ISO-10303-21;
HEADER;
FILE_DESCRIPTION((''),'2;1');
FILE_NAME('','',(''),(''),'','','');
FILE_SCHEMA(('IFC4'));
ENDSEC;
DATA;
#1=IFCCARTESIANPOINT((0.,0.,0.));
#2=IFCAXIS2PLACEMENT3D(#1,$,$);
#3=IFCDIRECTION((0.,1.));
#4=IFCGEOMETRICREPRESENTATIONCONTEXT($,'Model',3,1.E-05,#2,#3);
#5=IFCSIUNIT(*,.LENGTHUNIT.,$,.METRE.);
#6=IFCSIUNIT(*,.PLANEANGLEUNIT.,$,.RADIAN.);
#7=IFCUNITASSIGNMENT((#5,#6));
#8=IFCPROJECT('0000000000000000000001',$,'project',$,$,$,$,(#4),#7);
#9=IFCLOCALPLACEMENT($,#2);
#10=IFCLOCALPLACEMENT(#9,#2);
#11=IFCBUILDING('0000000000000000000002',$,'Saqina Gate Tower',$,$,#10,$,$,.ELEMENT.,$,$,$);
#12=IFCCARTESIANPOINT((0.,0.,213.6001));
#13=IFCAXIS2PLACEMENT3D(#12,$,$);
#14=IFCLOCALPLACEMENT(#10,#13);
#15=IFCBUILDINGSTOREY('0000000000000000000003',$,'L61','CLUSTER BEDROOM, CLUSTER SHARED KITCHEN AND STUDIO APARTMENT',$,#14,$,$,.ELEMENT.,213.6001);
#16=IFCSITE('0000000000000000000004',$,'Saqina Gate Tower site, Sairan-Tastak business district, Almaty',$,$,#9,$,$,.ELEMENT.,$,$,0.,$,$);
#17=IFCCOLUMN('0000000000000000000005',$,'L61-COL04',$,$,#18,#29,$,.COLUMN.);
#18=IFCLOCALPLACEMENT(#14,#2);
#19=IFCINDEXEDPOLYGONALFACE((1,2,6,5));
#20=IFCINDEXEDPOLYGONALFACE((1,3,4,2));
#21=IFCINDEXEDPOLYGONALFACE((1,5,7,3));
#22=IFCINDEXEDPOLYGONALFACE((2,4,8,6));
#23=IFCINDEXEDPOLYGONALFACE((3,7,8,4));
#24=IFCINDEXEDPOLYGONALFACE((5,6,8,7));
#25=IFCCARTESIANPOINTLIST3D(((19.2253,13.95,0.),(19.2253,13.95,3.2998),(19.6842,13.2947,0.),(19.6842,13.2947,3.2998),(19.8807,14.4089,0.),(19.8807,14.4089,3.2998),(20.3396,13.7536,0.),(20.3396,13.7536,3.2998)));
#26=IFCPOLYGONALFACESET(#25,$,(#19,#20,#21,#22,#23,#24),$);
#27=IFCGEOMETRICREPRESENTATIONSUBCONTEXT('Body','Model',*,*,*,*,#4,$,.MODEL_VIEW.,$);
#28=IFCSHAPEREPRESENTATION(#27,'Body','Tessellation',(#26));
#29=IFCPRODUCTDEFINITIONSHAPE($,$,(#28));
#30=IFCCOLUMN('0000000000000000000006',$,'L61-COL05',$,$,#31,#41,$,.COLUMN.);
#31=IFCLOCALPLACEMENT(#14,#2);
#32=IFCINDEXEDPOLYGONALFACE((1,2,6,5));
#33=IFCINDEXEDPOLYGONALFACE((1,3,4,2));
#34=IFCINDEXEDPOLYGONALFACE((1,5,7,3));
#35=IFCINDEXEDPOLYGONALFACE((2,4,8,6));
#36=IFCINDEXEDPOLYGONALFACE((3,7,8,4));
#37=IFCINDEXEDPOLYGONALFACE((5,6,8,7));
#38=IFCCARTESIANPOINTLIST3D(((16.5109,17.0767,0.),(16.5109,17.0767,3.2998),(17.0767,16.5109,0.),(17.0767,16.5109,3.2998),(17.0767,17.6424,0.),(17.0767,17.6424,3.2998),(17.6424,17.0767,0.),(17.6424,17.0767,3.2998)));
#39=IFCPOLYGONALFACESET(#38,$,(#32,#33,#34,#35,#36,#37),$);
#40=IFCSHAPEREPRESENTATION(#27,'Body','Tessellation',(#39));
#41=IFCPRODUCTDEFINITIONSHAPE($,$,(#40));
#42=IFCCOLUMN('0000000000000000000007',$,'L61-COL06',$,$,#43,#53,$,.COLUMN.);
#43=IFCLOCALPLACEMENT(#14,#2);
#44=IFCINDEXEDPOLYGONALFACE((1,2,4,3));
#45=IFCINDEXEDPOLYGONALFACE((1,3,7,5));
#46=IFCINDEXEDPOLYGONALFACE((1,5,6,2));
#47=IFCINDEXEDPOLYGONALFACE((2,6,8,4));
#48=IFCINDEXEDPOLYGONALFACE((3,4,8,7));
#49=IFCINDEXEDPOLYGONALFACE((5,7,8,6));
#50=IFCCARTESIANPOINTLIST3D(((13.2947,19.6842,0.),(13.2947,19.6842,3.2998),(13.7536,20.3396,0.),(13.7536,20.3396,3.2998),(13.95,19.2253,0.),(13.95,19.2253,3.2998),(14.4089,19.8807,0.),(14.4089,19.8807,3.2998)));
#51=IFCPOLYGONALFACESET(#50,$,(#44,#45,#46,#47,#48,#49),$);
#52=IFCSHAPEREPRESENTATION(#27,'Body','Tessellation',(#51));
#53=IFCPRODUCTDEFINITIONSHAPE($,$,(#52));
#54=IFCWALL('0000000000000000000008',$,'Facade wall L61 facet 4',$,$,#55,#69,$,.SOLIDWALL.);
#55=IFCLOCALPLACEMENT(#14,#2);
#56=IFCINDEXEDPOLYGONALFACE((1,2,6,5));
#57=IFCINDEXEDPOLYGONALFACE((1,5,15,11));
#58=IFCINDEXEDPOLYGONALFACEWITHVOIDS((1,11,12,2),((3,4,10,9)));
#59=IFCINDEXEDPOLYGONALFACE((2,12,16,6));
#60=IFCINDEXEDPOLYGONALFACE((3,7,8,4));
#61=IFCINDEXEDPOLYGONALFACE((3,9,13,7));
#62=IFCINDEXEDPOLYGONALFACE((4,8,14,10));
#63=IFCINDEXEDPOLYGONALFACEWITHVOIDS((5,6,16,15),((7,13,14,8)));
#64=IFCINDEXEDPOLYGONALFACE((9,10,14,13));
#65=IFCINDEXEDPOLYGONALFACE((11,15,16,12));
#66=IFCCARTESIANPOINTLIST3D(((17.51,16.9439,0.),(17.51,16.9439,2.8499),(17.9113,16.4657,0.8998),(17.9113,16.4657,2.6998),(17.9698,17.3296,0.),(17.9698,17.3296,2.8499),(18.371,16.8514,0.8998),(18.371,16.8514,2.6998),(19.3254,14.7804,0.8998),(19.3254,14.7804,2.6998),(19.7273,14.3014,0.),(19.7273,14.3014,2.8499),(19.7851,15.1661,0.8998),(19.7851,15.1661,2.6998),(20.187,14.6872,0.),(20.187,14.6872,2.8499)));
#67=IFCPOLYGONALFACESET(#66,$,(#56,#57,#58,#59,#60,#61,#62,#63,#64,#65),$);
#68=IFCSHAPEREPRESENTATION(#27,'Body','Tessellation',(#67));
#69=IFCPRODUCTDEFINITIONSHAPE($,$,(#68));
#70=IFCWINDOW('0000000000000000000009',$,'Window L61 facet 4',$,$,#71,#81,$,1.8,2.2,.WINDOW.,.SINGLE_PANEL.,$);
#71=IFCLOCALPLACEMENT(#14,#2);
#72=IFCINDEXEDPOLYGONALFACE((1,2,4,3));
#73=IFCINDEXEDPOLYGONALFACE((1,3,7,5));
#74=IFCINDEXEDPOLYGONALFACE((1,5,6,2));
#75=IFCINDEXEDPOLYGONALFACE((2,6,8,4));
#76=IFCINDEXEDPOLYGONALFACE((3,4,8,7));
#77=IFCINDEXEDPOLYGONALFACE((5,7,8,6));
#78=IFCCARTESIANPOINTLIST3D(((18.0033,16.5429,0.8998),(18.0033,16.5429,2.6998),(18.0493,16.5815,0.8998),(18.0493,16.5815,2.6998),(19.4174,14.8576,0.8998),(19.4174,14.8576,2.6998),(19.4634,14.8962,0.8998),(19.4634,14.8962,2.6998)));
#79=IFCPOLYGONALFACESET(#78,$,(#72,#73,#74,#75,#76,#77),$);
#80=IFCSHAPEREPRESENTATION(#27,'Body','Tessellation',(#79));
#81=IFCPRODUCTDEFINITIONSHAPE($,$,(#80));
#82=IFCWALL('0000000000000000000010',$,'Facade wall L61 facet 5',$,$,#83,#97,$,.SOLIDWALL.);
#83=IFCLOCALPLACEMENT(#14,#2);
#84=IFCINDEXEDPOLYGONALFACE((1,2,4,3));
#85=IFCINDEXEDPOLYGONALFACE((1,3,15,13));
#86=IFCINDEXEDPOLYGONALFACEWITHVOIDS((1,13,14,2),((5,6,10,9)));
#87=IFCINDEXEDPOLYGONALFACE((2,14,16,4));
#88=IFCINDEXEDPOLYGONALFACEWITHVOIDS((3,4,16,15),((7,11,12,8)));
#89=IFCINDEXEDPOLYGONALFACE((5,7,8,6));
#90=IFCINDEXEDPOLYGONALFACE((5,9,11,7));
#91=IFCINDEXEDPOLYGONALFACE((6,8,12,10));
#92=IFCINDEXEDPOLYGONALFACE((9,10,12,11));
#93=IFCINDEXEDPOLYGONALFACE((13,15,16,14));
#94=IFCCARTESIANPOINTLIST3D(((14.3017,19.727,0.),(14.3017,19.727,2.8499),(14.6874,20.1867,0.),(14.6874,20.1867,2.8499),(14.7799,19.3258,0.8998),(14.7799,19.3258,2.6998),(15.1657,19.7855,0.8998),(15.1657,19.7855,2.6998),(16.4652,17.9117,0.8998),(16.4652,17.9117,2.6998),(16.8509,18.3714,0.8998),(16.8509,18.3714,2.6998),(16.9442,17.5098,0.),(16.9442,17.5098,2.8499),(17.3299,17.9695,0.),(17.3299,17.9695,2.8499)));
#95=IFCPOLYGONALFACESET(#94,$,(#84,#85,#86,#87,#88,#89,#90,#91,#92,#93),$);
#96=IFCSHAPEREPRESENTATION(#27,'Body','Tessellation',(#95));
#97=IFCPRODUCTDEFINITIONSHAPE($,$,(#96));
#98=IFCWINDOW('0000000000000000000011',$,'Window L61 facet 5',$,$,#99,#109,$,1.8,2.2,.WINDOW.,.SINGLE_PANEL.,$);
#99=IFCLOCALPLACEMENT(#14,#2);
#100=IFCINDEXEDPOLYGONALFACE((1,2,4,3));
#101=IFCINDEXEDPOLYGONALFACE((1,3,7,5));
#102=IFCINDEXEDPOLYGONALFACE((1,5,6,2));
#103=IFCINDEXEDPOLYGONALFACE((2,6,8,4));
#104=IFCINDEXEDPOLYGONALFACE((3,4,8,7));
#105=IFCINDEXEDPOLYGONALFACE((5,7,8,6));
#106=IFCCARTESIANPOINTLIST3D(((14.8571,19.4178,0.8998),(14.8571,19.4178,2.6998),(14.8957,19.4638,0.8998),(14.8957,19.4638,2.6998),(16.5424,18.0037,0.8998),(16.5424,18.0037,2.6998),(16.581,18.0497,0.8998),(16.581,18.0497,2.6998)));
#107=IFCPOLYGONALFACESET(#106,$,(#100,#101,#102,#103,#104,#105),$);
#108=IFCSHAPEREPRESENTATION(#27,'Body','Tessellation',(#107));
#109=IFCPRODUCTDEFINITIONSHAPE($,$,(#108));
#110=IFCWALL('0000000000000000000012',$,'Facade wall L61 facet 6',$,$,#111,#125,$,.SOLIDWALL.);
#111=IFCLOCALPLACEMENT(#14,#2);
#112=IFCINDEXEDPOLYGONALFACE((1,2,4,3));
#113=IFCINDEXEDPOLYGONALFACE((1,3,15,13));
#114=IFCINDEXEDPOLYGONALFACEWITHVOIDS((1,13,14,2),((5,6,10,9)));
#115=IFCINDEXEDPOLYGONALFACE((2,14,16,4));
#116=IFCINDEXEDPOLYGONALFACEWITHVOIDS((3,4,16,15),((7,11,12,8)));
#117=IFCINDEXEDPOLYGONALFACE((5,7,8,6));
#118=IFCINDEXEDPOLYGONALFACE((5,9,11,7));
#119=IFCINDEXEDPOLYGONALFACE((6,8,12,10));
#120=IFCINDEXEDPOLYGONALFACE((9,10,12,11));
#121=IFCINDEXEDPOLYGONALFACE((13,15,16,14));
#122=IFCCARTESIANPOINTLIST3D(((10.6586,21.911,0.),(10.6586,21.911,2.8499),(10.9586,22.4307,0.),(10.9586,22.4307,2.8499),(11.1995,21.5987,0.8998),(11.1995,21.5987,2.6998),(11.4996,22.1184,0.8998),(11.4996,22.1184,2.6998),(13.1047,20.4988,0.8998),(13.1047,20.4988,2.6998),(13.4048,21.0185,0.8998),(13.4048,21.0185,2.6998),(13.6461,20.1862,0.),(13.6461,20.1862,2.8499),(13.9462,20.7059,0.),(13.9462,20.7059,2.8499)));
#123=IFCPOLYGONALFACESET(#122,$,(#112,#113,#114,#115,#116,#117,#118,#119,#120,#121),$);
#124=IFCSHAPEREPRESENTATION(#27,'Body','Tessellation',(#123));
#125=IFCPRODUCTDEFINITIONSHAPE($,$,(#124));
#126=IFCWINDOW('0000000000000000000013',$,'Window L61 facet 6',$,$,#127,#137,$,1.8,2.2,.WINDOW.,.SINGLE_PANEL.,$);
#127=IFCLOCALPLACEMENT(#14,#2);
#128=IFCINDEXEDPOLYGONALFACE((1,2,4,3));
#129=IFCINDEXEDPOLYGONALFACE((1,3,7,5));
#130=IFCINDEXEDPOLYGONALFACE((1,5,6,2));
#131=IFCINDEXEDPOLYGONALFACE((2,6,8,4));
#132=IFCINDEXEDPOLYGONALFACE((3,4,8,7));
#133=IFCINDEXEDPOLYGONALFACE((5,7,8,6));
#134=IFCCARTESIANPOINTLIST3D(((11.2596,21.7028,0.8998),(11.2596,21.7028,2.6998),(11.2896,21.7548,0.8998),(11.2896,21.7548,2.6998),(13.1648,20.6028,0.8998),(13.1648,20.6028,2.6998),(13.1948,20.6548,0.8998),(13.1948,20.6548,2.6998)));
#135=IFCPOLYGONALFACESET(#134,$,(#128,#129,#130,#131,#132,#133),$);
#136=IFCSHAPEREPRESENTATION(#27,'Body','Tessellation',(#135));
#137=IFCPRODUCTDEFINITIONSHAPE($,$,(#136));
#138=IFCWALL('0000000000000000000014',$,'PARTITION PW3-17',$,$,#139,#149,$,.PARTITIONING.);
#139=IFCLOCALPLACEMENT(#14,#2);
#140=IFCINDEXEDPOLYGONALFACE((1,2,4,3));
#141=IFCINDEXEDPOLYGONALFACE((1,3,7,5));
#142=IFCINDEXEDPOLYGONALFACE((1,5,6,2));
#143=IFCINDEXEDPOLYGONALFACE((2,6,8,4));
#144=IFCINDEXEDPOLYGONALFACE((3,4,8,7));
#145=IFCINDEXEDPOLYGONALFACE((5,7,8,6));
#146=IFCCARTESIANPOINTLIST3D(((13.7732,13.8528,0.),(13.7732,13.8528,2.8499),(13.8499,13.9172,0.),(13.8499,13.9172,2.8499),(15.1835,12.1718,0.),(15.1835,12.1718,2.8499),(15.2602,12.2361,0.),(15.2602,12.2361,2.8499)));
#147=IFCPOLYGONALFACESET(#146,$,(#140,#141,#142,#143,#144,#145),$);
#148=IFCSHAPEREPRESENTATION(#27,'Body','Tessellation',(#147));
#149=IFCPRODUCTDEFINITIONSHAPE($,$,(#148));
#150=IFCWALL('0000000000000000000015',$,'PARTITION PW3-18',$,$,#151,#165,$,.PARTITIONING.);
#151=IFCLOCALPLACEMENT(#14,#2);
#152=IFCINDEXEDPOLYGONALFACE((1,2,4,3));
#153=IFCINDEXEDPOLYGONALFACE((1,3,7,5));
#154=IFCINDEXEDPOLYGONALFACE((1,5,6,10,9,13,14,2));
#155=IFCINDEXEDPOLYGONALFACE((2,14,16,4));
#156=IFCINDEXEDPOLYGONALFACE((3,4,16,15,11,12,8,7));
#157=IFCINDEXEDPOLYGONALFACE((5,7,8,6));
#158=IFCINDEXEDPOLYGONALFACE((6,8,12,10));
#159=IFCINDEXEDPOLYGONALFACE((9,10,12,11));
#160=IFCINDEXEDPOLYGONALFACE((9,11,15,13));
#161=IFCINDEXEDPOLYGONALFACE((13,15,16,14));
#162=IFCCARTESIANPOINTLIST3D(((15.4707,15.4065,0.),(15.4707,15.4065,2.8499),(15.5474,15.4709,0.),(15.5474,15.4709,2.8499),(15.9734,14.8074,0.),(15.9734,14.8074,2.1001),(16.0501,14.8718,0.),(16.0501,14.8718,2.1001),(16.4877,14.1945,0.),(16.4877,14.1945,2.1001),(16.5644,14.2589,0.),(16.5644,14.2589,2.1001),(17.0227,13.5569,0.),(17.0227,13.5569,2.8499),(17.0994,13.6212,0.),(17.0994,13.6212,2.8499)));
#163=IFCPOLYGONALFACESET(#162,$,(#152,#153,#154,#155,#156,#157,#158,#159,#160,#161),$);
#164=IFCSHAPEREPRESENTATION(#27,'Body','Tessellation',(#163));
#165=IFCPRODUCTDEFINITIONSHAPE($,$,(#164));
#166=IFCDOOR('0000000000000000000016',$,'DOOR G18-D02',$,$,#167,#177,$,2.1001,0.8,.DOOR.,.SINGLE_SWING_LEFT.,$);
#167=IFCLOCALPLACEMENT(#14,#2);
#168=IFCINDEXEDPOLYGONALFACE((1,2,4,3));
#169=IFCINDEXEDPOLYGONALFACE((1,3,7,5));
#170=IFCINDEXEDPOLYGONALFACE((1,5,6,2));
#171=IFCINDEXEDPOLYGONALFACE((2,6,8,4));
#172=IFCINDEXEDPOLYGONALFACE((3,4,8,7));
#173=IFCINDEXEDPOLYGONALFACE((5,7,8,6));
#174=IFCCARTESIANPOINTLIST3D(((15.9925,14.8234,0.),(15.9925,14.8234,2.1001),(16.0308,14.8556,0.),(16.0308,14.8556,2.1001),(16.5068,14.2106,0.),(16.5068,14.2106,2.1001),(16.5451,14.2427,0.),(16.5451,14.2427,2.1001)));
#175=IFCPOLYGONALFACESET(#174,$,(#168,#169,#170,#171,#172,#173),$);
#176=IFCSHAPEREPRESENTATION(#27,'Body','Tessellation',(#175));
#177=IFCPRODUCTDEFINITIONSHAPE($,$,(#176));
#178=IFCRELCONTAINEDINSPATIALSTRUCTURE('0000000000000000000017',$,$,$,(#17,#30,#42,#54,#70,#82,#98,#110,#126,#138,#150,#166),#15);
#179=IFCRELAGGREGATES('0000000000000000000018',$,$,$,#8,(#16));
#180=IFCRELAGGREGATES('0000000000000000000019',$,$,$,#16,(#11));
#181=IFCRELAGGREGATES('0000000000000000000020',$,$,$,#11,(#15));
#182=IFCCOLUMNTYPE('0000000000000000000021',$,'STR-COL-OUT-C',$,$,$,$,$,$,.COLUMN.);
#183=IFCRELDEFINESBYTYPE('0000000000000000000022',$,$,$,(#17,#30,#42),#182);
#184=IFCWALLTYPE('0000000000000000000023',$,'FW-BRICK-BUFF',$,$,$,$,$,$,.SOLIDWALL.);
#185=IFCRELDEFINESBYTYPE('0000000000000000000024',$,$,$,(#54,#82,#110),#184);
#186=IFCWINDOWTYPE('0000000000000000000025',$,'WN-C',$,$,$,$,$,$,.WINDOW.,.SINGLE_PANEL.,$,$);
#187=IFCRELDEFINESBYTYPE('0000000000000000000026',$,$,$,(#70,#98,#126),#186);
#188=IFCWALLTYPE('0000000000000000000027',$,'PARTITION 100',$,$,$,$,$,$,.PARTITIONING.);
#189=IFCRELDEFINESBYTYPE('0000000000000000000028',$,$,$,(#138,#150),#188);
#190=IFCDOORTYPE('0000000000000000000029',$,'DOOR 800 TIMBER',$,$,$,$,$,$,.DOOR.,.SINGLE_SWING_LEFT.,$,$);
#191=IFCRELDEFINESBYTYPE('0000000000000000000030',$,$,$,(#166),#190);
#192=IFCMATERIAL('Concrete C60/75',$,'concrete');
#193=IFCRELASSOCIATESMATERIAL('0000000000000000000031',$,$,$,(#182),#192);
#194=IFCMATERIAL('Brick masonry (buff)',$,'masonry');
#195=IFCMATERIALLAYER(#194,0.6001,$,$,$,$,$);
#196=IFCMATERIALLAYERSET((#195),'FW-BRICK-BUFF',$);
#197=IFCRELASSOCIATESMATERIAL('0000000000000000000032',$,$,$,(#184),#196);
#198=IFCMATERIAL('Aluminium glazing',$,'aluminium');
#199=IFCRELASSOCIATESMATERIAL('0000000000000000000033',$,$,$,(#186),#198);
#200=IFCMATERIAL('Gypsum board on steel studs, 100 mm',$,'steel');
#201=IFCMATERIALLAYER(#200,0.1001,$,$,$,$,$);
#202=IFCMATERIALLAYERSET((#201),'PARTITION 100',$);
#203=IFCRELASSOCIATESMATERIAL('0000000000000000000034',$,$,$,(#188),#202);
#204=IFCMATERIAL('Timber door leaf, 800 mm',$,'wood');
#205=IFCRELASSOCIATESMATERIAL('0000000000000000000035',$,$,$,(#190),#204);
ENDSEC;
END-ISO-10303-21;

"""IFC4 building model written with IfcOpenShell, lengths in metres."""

from ifc_helpers import new_model, si_unit, direction, frame, frame_2d, origin, origin_2d, place, context, subcontext, project, spatial, rectangle, extrude, material, layer, layer_set, material_profile, profile_set, type_object, element, fill, save


model = new_model("IFC4")

# Units and contexts
model_context = context("Model", 3, precision=1e-05, world=origin(), true_north=direction((0.0, 1.0)))
body_context = subcontext(model_context, "Body", "Model", "MODEL_VIEW")
ifc_project = project(units=[si_unit("LENGTHUNIT", "METRE"), si_unit("PLANEANGLEUNIT", "RADIAN")], contexts=[model_context])

# Site, building, storey
site_placement = place(None, origin())
site = spatial("IfcSite", under=ifc_project, at=site_placement, Name="Saqina Gate Tower site, Sairan-Tastak business district, Almaty", CompositionType="ELEMENT", RefElevation=0.0)
building_placement = place(site_placement, origin())
building = spatial("IfcBuilding", under=site, at=building_placement, Name="Saqina Gate Tower", CompositionType="ELEMENT")
storey_placement = place(building_placement, frame((0.0, 0.0, 213.6001)))
storey = spatial("IfcBuildingStorey", under=building, at=storey_placement, Name="L61", Description="CLUSTER BEDROOM, CLUSTER SHARED KITCHEN AND STUDIO APARTMENT", CompositionType="ELEMENT", Elevation=213.6001)

# Columns
ifc_material_1 = material(Name="Concrete C60/75", Category="concrete")
ifc_material_profile = material_profile(ifc_material_1, rectangle(XDim=0.8, YDim=0.8, at=origin_2d()), Name="RC 800x800")
ifc_profile_set = profile_set([ifc_material_profile], Name="Concrete C60/75")
column_type = type_object("IfcColumnType", Name="STR-COL-OUT-C", PredefinedType="COLUMN", material=ifc_profile_set)
for number, where, z_axis, x_axis, name in (
    (1, (19.7825, 13.8518, 0.0), (0.0, 0.0, 1.0), (0.819152, 0.573576, 0.0), "L61-COL04"),
    (2, (17.0767, 17.0767, 0.0), (0.0, 0.0, 1.0), (0.707107, 0.707107, 0.0), "L61-COL05"),
    (3, (13.8518, 19.7825, 0.0), (0.0, 0.0, 1.0), (0.573576, 0.819152, 0.0), "L61-COL06"),
):
    element("IfcColumn", number, at=place(storey_placement, frame(where, z_axis=z_axis, x_axis=x_axis)), inside=storey, type_object=column_type, Name=name, PredefinedType="COLUMN", context=body_context, shape_type="SweptSolid", body=[
        extrude(rectangle(XDim=0.8, YDim=0.8, at=origin_2d()), origin(), (0.0, 0.0, 1.0), 3.2998),
    ])

# Walls, openings, windows
ifc_material_2 = material(Name="Brick masonry (buff)", Category="masonry")
ifc_layer_1 = layer(ifc_material_2, 0.6001)
ifc_layer_set_1 = layer_set([ifc_layer_1], Name="FW-BRICK-BUFF")
wall_type_1 = type_object("IfcWallType", Name="FW-BRICK-BUFF", PredefinedType="SOLIDWALL", material=ifc_layer_set_1)
wall_1_placement = place(storey_placement, frame((19.957, 14.4944, 0.0), z_axis=(0.0, 0.0, 1.0), x_axis=(-0.64277, 0.766059, 0.0)))
wall_1 = element("IfcWall", 4, at=wall_1_placement, inside=storey, type_object=wall_type_1, Name="Facade wall L61 facet 4", PredefinedType="SOLIDWALL", context=body_context, shape_type="SweptSolid", body=[
    extrude(rectangle(XDim=3.4495, YDim=0.6001, at=frame_2d((1.7246, 0.0))), origin(), (0.0, 0.0, 1.0), 2.8499),
])
opening_1_placement = place(wall_1_placement, frame((0.625, 0.0, 0.8999)))
opening_1 = element("IfcOpeningElement", 5, at=opening_1_placement, cuts=wall_1, PredefinedType="OPENING", context=body_context, shape_type="SweptSolid", body=[
    extrude(rectangle(XDim=2.2, YDim=1.8, at=frame_2d((1.1001, 0.8999))), frame((0.0, 0.312, 0.0), z_axis=(0.0, -1.0, 0.0), x_axis=(1.0, 0.0, 0.0)), (0.0, 0.0, 1.0), 0.624),
])
ifc_material_3 = material(Name="Aluminium glazing", Category="aluminium")
window_type = type_object("IfcWindowType", Name="WN-C", PartitioningType="SINGLE_PANEL", PredefinedType="WINDOW", material=ifc_material_3)
window_1_placement = place(opening_1_placement, origin())
window_1 = element("IfcWindow", 6, at=window_1_placement, inside=storey, type_object=window_type, Name="Window L61 facet 4", OverallHeight=1.8, OverallWidth=2.2, PartitioningType="SINGLE_PANEL", PredefinedType="WINDOW", context=body_context, shape_type="SweptSolid", body=[
    extrude(rectangle(XDim=2.2, YDim=1.8, at=frame_2d((1.1001, 0.8999))), frame((0.0, 0.1799, 0.0), z_axis=(0.0, -1.0, 0.0), x_axis=(1.0, 0.0, 0.0)), (0.0, 0.0, 1.0), 0.0601),
])
fill(opening_1, window_1)
wall_2_placement = place(storey_placement, frame((17.137, 17.7397, 0.0), z_axis=(0.0, 0.0, 1.0), x_axis=(-0.766059, 0.64277, 0.0)))
wall_2 = element("IfcWall", 7, at=wall_2_placement, inside=storey, type_object=wall_type_1, Name="Facade wall L61 facet 5", PredefinedType="SOLIDWALL", context=body_context, shape_type="SweptSolid", body=[
    extrude(rectangle(XDim=3.4495, YDim=0.6001, at=frame_2d((1.7246, 0.0))), origin(), (0.0, 0.0, 1.0), 2.8499),
])
opening_2_placement = place(wall_2_placement, frame((0.625, 0.0, 0.8999)))
opening_2 = element("IfcOpeningElement", 8, at=opening_2_placement, cuts=wall_2, PredefinedType="OPENING", context=body_context, shape_type="SweptSolid", body=[
    extrude(rectangle(XDim=2.2, YDim=1.8, at=frame_2d((1.1001, 0.8999))), frame((0.0, 0.312, 0.0), z_axis=(0.0, -1.0, 0.0), x_axis=(1.0, 0.0, 0.0)), (0.0, 0.0, 1.0), 0.624),
])
window_2_placement = place(opening_2_placement, origin())
window_2 = element("IfcWindow", 9, at=window_2_placement, inside=storey, type_object=window_type, Name="Window L61 facet 5", OverallHeight=1.8, OverallWidth=2.2, PartitioningType="SINGLE_PANEL", PredefinedType="WINDOW", context=body_context, shape_type="SweptSolid", body=[
    extrude(rectangle(XDim=2.2, YDim=1.8, at=frame_2d((1.1001, 0.8999))), frame((0.0, 0.1799, 0.0), z_axis=(0.0, -1.0, 0.0), x_axis=(1.0, 0.0, 0.0)), (0.0, 0.0, 1.0), 0.0601),
])
fill(opening_2, window_2)
wall_3_placement = place(storey_placement, frame((13.7961, 20.446, 0.0), z_axis=(0.0, 0.0, 1.0), x_axis=(-0.866026, 0.499998, 0.0)))
wall_3 = element("IfcWall", 10, at=wall_3_placement, inside=storey, type_object=wall_type_1, Name="Facade wall L61 facet 6", PredefinedType="SOLIDWALL", context=body_context, shape_type="SweptSolid", body=[
    extrude(rectangle(XDim=3.4497, YDim=0.6001, at=frame_2d((1.7249, 0.0))), origin(), (0.0, 0.0, 1.0), 2.8499),
])
opening_3_placement = place(wall_3_placement, frame((0.625, 0.0, 0.8999)))
opening_3 = element("IfcOpeningElement", 11, at=opening_3_placement, cuts=wall_3, PredefinedType="OPENING", context=body_context, shape_type="SweptSolid", body=[
    extrude(rectangle(XDim=2.2, YDim=1.8, at=frame_2d((1.1001, 0.8999))), frame((0.0, 0.312, 0.0), z_axis=(0.0, -1.0, 0.0), x_axis=(1.0, 0.0, 0.0)), (0.0, 0.0, 1.0), 0.624),
])
window_3_placement = place(opening_3_placement, origin())
window_3 = element("IfcWindow", 12, at=window_3_placement, inside=storey, type_object=window_type, Name="Window L61 facet 6", OverallHeight=1.8, OverallWidth=2.2, PartitioningType="SINGLE_PANEL", PredefinedType="WINDOW", context=body_context, shape_type="SweptSolid", body=[
    extrude(rectangle(XDim=2.2, YDim=1.8, at=frame_2d((1.1001, 0.8999))), frame((0.0, 0.1799, 0.0), z_axis=(0.0, -1.0, 0.0), x_axis=(1.0, 0.0, 0.0)), (0.0, 0.0, 1.0), 0.0601),
])
fill(opening_3, window_3)

# Wall
ifc_material_4 = material(Name="Gypsum board on steel studs, 100 mm", Category="steel")
ifc_layer_2 = layer(ifc_material_4, 0.1001)
ifc_layer_set_2 = layer_set([ifc_layer_2], Name="PARTITION 100")
wall_type_2 = type_object("IfcWallType", Name="PARTITION 100", PredefinedType="PARTITIONING", material=ifc_layer_set_2)
wall_4_placement = place(storey_placement, frame((13.8115, 13.885, 0.0), z_axis=(0.0, 0.0, 1.0), x_axis=(0.64272, -0.766101, 0.0)))
element("IfcWall", 13, at=wall_4_placement, inside=storey, type_object=wall_type_2, Name="PARTITION PW3-17", PredefinedType="PARTITIONING", context=body_context, shape_type="SweptSolid", body=[
    extrude(rectangle(XDim=2.1943, YDim=0.1001, at=frame_2d((1.0972, 0.0))), origin(), (0.0, 0.0, 1.0), 2.8499),
])

# Wall, opening, door
wall_5_placement = place(storey_placement, frame((15.509, 15.4387, 0.0), z_axis=(0.0, 0.0, 1.0), x_axis=(0.642786, -0.766045, 0.0)))
wall_5 = element("IfcWall", 14, at=wall_5_placement, inside=storey, type_object=wall_type_2, Name="PARTITION PW3-18", PredefinedType="PARTITIONING", context=body_context, shape_type="SweptSolid", body=[
    extrude(rectangle(XDim=2.4146, YDim=0.1001, at=frame_2d((1.2073, 0.0))), origin(), (0.0, 0.0, 1.0), 2.8499),
])
opening_4_placement = place(wall_5_placement, frame((0.7822, 0.0, 0.0)))
opening_4 = element("IfcOpeningElement", 15, at=opening_4_placement, cuts=wall_5, PredefinedType="OPENING", context=body_context, shape_type="SweptSolid", body=[
    extrude(rectangle(XDim=0.8, YDim=2.1001, at=frame_2d((0.3999, 1.05))), frame((0.0, 0.062, 0.0), z_axis=(0.0, -1.0, 0.0), x_axis=(1.0, 0.0, 0.0)), (0.0, 0.0, 1.0), 0.124),
])
ifc_material_5 = material(Name="Timber door leaf, 800 mm", Category="wood")
door_type_1 = type_object("IfcDoorType", Name="DOOR 800 TIMBER", OperationType="SINGLE_SWING_LEFT", PredefinedType="DOOR", material=ifc_material_5)
door_1_placement = place(opening_4_placement, origin())
door_1 = element("IfcDoor", 16, at=door_1_placement, inside=storey, type_object=door_type_1, Name="DOOR G18-D02", OperationType="SINGLE_SWING_LEFT", OverallHeight=2.1001, OverallWidth=0.8, PredefinedType="DOOR", context=body_context, shape_type="SweptSolid", body=[
    extrude(rectangle(XDim=0.8, YDim=2.1001, at=frame_2d((0.3999, 1.05))), frame((0.0, 0.0249, 0.0), z_axis=(0.0, -1.0, 0.0), x_axis=(1.0, 0.0, 0.0)), (0.0, 0.0, 1.0), 0.05),
])
fill(opening_4, door_1)

save(model, "model.ifc")
